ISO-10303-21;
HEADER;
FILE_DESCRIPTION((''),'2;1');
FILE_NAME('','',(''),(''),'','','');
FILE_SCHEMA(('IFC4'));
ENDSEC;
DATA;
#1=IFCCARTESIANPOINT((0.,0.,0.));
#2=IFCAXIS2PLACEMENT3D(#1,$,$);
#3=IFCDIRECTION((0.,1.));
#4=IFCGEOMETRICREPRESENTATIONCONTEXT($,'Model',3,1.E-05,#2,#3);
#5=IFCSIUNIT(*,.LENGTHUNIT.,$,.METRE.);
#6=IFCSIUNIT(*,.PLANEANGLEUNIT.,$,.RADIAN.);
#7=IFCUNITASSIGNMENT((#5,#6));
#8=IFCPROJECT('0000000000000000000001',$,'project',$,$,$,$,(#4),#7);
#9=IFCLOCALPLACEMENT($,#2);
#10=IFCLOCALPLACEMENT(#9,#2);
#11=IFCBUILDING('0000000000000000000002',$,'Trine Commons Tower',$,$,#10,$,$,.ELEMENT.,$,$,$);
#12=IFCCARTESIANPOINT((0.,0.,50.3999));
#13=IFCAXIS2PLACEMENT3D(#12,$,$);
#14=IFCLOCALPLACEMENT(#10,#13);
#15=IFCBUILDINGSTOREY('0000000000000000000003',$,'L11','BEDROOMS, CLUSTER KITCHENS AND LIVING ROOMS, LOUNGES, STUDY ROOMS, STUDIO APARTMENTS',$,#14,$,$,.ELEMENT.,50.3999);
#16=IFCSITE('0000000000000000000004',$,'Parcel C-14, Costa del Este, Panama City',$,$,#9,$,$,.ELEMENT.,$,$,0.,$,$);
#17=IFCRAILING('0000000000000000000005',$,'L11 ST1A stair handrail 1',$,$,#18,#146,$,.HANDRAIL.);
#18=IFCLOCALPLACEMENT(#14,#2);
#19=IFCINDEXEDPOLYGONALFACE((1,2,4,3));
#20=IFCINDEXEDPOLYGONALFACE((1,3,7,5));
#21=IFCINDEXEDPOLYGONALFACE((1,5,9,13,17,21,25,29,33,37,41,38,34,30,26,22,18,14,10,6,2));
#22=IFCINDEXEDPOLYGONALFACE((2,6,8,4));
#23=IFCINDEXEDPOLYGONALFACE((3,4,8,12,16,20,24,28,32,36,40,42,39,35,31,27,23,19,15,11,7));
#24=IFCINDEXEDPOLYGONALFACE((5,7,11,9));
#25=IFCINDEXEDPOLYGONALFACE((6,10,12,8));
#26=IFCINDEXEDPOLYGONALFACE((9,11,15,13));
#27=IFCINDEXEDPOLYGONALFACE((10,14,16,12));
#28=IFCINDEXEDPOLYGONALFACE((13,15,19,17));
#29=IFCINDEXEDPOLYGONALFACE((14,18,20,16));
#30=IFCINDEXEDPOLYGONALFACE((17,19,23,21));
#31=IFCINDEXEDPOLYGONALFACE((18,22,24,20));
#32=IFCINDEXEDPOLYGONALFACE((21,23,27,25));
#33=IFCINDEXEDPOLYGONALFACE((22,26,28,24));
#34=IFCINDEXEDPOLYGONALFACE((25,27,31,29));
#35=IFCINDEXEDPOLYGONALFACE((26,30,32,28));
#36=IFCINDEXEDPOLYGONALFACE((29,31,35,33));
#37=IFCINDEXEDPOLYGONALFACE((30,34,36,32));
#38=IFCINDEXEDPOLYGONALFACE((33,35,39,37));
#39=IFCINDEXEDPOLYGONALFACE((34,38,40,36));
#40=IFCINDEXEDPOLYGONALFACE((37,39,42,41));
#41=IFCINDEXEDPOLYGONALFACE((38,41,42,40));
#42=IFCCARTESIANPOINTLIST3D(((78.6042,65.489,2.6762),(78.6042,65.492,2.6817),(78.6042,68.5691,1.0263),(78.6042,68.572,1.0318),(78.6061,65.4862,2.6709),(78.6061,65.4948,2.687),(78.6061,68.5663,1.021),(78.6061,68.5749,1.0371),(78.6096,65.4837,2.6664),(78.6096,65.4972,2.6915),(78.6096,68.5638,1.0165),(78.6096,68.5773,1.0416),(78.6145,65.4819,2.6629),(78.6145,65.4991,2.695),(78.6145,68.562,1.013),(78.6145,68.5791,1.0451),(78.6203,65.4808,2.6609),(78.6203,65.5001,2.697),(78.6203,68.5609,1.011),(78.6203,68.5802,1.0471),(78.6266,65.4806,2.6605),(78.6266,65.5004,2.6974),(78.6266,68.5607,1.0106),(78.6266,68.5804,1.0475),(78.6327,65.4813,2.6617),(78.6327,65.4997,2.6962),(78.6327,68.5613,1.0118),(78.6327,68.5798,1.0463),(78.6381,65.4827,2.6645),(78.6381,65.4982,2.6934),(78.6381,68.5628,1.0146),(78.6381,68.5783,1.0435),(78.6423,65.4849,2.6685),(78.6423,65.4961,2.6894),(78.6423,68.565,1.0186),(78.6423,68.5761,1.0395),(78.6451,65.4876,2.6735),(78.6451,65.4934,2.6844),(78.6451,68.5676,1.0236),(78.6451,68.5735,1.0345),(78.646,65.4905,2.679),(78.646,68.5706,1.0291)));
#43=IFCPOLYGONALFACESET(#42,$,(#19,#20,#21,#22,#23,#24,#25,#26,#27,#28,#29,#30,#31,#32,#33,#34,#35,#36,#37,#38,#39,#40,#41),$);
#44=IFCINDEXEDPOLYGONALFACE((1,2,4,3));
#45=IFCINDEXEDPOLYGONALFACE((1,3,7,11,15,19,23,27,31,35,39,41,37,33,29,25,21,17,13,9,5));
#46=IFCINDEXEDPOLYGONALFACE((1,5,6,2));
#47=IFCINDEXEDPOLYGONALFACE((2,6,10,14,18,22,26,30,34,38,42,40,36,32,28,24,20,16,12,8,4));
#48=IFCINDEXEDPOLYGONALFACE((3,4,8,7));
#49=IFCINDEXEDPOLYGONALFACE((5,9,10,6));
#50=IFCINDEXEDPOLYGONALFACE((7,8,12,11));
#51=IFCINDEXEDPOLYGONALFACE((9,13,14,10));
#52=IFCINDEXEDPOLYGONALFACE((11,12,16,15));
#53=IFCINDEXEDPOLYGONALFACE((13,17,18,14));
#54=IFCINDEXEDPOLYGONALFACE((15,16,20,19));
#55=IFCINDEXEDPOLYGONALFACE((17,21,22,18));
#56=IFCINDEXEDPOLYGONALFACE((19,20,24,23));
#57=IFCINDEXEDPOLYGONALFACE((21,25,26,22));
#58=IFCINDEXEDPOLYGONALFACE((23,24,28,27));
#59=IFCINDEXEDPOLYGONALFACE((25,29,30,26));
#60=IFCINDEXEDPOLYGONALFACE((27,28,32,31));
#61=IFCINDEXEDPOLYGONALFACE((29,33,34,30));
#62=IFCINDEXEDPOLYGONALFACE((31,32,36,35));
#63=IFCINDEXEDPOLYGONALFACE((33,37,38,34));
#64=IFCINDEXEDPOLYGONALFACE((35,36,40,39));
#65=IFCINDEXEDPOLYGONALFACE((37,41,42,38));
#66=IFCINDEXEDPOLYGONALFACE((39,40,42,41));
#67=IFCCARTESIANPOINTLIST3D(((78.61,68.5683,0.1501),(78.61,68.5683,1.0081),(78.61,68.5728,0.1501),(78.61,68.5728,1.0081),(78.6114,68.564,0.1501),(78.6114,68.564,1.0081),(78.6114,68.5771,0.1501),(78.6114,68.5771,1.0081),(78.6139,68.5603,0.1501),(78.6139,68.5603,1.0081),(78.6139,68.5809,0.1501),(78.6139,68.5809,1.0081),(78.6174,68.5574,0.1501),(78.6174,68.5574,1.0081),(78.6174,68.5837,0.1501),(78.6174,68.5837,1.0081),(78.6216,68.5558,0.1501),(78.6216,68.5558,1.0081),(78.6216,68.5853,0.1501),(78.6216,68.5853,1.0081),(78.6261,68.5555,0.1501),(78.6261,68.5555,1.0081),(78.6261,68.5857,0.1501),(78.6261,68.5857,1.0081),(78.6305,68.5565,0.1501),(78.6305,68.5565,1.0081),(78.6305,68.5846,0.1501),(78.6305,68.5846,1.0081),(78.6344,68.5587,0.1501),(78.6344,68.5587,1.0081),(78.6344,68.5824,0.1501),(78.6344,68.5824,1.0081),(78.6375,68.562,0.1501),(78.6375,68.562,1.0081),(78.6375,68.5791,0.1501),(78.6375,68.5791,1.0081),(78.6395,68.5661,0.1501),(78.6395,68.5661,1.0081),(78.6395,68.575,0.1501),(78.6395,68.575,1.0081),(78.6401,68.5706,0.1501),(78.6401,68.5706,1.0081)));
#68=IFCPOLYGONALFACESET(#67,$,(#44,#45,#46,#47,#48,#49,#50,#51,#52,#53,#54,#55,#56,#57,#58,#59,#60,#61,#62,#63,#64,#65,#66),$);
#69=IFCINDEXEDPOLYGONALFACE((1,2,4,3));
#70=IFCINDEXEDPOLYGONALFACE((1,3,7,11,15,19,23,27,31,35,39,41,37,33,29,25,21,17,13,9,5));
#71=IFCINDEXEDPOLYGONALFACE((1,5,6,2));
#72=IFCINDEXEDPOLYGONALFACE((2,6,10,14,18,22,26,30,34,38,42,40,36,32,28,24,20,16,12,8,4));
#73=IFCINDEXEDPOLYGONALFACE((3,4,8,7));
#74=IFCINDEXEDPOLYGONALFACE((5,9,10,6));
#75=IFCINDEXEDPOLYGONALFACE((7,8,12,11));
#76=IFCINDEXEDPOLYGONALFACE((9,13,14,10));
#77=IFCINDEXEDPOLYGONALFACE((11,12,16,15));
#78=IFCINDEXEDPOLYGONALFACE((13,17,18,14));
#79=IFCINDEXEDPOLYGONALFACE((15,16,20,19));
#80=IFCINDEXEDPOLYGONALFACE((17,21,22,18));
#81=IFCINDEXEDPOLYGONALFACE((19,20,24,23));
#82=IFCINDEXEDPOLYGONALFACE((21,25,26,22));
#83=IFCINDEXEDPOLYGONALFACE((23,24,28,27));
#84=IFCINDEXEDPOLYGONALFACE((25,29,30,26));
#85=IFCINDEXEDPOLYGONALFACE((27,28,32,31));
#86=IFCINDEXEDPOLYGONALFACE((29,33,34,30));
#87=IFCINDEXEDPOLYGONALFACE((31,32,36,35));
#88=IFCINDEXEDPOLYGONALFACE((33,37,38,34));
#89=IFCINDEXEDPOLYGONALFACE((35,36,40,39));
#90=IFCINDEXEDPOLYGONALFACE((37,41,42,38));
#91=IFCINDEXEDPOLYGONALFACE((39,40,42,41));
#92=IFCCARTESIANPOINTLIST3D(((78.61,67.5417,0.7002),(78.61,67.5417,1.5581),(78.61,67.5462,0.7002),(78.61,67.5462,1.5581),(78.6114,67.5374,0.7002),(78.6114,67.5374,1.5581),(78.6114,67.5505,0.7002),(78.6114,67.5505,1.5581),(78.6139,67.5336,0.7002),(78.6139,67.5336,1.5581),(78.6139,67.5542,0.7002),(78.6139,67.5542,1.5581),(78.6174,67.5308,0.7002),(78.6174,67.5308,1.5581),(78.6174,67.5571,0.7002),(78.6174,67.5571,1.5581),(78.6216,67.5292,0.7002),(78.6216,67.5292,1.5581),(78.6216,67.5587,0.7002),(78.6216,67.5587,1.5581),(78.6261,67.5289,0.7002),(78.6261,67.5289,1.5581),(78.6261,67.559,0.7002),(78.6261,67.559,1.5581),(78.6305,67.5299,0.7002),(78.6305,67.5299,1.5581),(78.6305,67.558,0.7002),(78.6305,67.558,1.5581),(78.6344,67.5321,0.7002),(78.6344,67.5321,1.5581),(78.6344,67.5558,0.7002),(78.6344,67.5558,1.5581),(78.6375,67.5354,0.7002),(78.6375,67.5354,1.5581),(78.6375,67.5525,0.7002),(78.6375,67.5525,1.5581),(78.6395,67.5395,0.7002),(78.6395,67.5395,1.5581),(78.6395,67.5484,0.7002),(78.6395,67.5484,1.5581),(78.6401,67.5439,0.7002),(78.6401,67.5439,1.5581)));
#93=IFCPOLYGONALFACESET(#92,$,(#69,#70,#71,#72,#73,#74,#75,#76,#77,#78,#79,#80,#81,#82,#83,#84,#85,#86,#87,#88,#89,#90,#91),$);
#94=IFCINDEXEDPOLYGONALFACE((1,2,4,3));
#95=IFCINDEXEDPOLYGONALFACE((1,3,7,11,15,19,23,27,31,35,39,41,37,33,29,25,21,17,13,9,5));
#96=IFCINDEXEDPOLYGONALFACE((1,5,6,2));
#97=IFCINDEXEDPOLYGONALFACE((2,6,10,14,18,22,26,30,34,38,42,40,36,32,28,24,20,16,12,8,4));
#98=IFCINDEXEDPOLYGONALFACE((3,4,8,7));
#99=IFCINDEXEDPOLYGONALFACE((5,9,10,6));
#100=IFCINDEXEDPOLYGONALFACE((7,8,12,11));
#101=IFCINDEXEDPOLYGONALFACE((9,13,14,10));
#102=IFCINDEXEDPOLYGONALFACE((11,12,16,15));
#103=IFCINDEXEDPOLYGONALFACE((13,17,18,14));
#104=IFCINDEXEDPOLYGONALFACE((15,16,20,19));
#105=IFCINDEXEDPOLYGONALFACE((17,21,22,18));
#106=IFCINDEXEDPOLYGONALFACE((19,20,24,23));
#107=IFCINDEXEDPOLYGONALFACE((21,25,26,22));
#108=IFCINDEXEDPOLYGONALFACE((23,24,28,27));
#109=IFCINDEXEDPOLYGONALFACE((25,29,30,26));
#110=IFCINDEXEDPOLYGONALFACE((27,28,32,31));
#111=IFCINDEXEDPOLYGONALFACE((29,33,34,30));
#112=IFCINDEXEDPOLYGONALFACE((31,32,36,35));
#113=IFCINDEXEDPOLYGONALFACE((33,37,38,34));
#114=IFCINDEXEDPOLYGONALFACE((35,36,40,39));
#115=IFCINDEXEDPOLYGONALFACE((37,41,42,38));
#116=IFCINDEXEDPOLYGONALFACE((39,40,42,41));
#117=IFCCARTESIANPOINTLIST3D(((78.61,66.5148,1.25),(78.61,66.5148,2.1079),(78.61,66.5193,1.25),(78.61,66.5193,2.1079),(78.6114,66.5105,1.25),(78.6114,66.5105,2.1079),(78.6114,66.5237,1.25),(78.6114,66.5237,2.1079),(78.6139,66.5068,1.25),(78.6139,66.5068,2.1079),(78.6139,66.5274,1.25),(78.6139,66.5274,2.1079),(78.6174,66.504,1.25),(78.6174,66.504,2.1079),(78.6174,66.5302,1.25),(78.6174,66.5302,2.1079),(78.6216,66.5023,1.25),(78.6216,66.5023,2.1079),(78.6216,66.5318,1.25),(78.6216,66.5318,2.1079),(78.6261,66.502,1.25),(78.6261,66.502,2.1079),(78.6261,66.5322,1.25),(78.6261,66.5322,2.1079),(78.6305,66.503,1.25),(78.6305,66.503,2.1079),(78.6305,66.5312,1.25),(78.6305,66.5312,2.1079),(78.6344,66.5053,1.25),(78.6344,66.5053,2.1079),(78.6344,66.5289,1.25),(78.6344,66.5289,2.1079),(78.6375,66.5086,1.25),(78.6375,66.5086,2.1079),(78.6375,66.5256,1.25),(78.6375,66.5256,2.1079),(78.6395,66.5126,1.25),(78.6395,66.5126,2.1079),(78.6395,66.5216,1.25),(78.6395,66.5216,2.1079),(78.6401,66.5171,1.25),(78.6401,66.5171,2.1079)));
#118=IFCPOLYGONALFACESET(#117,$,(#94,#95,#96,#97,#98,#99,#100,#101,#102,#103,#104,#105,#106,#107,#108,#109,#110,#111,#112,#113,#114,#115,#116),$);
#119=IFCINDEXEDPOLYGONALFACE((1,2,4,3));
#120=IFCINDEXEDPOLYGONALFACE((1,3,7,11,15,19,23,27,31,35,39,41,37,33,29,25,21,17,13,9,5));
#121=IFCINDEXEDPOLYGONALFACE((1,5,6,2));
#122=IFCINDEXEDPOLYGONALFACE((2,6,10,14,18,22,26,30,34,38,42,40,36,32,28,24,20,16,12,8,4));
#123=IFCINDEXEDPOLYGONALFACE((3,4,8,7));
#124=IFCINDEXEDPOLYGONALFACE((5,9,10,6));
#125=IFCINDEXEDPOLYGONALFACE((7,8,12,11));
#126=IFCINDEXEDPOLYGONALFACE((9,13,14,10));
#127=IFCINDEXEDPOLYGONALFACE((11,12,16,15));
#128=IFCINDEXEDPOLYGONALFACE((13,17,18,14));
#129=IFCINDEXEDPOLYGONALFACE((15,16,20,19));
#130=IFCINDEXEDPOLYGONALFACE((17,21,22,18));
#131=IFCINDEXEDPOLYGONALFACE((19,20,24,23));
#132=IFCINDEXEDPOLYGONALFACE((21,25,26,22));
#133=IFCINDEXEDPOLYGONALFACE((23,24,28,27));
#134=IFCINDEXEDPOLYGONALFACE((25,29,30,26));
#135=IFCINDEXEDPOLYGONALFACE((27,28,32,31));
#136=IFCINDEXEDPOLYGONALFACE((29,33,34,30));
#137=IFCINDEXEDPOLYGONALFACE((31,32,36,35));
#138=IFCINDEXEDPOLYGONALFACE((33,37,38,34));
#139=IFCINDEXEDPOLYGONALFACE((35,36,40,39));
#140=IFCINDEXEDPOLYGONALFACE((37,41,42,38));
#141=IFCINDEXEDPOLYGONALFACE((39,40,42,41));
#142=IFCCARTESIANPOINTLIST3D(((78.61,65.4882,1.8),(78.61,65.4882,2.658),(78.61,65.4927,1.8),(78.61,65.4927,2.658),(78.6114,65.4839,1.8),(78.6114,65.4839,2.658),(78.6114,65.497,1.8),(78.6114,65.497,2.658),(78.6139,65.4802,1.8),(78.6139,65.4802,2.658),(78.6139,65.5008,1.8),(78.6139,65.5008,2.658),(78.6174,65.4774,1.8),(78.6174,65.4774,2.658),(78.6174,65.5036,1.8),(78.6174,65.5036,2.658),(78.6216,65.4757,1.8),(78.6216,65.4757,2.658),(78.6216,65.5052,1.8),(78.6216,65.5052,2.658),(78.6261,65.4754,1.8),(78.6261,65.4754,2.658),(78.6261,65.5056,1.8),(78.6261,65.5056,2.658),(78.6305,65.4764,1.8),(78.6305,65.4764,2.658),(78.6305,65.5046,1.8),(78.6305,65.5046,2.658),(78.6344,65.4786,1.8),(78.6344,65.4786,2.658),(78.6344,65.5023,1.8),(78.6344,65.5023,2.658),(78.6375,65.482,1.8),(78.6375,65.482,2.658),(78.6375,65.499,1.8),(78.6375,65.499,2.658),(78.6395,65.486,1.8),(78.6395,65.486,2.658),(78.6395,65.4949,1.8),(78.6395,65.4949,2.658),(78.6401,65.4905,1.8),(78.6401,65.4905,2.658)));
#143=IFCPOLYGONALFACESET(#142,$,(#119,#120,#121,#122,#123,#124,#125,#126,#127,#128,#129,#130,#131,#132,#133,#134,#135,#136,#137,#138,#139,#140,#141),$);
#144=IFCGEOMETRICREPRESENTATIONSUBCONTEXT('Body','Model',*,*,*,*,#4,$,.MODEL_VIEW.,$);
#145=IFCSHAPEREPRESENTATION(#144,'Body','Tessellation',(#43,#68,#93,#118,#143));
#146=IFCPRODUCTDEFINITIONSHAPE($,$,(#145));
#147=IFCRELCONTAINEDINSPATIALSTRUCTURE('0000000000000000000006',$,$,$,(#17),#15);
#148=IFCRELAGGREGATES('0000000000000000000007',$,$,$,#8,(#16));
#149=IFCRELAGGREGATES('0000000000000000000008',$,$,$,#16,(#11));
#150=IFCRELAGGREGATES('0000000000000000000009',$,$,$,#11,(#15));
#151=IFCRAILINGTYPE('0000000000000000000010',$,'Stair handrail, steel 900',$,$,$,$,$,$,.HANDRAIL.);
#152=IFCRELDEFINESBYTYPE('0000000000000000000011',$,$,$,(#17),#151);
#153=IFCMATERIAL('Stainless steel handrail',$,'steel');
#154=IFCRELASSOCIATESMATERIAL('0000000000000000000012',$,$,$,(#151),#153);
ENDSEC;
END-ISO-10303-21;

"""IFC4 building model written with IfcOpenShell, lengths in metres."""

from ifc_helpers import new_model, si_unit, direction, frame, origin, origin_2d, place, context, subcontext, project, spatial, circle, extrude, material, type_object, element, save


model = new_model("IFC4")

# Units and contexts
model_context = context("Model", 3, precision=1e-05, world=origin(), true_north=direction((0.0, 1.0)))
body_context = subcontext(model_context, "Body", "Model", "MODEL_VIEW")
ifc_project = project(units=[si_unit("LENGTHUNIT", "METRE"), si_unit("PLANEANGLEUNIT", "RADIAN")], contexts=[model_context])

# Site, building, storey
site_placement = place(None, origin())
site = spatial("IfcSite", under=ifc_project, at=site_placement, Name="Parcel C-14, Costa del Este, Panama City", CompositionType="ELEMENT", RefElevation=0.0)
building_placement = place(site_placement, origin())
building = spatial("IfcBuilding", under=site, at=building_placement, Name="Trine Commons Tower", CompositionType="ELEMENT")
storey_placement = place(building_placement, frame((0.0, 0.0, 50.3999)))
storey = spatial("IfcBuildingStorey", under=building, at=storey_placement, Name="L11", Description="BEDROOMS, CLUSTER KITCHENS AND LIVING ROOMS, LOUNGES, STUDY ROOMS, STUDIO APARTMENTS", CompositionType="ELEMENT", Elevation=50.3999)

# Railing
ifc_material_1 = material(Name="Stainless steel handrail", Category="steel")
railing_type_1 = type_object("IfcRailingType", Name="Stair handrail, steel 900", PredefinedType="HANDRAIL", material=ifc_material_1)
railing_1_placement = place(storey_placement, frame((78.625, 68.5706, 0.1501)))
element("IfcRailing", 1, at=railing_1_placement, inside=storey, type_object=railing_type_1, Name="L11 ST1A stair handrail 1", PredefinedType="HANDRAIL", context=body_context, shape_type="SweptSolid", body=[
    extrude(circle(Radius=0.021, at=origin_2d()), frame((0.0, 0.0, 0.8789), z_axis=(0.0, -0.881497, 0.47219), x_axis=(1.0, 0.0, 0.0)), (0.0, 0.0, 1.0), 3.4941),
    extrude(circle(Radius=0.0151, at=origin_2d()), origin(), (0.0, 0.0, 1.0), 0.8579),
    extrude(circle(Radius=0.0151, at=origin_2d()), frame((0.0, -1.0266, 0.55)), (0.0, 0.0, 1.0), 0.8579),
    extrude(circle(Radius=0.0151, at=origin_2d()), frame((0.0, -2.0535, 1.0999)), (0.0, 0.0, 1.0), 0.8579),
    extrude(circle(Radius=0.0151, at=origin_2d()), frame((0.0, -3.0801, 1.6499)), (0.0, 0.0, 1.0), 0.8579),
])

save(model, "model.ifc")
